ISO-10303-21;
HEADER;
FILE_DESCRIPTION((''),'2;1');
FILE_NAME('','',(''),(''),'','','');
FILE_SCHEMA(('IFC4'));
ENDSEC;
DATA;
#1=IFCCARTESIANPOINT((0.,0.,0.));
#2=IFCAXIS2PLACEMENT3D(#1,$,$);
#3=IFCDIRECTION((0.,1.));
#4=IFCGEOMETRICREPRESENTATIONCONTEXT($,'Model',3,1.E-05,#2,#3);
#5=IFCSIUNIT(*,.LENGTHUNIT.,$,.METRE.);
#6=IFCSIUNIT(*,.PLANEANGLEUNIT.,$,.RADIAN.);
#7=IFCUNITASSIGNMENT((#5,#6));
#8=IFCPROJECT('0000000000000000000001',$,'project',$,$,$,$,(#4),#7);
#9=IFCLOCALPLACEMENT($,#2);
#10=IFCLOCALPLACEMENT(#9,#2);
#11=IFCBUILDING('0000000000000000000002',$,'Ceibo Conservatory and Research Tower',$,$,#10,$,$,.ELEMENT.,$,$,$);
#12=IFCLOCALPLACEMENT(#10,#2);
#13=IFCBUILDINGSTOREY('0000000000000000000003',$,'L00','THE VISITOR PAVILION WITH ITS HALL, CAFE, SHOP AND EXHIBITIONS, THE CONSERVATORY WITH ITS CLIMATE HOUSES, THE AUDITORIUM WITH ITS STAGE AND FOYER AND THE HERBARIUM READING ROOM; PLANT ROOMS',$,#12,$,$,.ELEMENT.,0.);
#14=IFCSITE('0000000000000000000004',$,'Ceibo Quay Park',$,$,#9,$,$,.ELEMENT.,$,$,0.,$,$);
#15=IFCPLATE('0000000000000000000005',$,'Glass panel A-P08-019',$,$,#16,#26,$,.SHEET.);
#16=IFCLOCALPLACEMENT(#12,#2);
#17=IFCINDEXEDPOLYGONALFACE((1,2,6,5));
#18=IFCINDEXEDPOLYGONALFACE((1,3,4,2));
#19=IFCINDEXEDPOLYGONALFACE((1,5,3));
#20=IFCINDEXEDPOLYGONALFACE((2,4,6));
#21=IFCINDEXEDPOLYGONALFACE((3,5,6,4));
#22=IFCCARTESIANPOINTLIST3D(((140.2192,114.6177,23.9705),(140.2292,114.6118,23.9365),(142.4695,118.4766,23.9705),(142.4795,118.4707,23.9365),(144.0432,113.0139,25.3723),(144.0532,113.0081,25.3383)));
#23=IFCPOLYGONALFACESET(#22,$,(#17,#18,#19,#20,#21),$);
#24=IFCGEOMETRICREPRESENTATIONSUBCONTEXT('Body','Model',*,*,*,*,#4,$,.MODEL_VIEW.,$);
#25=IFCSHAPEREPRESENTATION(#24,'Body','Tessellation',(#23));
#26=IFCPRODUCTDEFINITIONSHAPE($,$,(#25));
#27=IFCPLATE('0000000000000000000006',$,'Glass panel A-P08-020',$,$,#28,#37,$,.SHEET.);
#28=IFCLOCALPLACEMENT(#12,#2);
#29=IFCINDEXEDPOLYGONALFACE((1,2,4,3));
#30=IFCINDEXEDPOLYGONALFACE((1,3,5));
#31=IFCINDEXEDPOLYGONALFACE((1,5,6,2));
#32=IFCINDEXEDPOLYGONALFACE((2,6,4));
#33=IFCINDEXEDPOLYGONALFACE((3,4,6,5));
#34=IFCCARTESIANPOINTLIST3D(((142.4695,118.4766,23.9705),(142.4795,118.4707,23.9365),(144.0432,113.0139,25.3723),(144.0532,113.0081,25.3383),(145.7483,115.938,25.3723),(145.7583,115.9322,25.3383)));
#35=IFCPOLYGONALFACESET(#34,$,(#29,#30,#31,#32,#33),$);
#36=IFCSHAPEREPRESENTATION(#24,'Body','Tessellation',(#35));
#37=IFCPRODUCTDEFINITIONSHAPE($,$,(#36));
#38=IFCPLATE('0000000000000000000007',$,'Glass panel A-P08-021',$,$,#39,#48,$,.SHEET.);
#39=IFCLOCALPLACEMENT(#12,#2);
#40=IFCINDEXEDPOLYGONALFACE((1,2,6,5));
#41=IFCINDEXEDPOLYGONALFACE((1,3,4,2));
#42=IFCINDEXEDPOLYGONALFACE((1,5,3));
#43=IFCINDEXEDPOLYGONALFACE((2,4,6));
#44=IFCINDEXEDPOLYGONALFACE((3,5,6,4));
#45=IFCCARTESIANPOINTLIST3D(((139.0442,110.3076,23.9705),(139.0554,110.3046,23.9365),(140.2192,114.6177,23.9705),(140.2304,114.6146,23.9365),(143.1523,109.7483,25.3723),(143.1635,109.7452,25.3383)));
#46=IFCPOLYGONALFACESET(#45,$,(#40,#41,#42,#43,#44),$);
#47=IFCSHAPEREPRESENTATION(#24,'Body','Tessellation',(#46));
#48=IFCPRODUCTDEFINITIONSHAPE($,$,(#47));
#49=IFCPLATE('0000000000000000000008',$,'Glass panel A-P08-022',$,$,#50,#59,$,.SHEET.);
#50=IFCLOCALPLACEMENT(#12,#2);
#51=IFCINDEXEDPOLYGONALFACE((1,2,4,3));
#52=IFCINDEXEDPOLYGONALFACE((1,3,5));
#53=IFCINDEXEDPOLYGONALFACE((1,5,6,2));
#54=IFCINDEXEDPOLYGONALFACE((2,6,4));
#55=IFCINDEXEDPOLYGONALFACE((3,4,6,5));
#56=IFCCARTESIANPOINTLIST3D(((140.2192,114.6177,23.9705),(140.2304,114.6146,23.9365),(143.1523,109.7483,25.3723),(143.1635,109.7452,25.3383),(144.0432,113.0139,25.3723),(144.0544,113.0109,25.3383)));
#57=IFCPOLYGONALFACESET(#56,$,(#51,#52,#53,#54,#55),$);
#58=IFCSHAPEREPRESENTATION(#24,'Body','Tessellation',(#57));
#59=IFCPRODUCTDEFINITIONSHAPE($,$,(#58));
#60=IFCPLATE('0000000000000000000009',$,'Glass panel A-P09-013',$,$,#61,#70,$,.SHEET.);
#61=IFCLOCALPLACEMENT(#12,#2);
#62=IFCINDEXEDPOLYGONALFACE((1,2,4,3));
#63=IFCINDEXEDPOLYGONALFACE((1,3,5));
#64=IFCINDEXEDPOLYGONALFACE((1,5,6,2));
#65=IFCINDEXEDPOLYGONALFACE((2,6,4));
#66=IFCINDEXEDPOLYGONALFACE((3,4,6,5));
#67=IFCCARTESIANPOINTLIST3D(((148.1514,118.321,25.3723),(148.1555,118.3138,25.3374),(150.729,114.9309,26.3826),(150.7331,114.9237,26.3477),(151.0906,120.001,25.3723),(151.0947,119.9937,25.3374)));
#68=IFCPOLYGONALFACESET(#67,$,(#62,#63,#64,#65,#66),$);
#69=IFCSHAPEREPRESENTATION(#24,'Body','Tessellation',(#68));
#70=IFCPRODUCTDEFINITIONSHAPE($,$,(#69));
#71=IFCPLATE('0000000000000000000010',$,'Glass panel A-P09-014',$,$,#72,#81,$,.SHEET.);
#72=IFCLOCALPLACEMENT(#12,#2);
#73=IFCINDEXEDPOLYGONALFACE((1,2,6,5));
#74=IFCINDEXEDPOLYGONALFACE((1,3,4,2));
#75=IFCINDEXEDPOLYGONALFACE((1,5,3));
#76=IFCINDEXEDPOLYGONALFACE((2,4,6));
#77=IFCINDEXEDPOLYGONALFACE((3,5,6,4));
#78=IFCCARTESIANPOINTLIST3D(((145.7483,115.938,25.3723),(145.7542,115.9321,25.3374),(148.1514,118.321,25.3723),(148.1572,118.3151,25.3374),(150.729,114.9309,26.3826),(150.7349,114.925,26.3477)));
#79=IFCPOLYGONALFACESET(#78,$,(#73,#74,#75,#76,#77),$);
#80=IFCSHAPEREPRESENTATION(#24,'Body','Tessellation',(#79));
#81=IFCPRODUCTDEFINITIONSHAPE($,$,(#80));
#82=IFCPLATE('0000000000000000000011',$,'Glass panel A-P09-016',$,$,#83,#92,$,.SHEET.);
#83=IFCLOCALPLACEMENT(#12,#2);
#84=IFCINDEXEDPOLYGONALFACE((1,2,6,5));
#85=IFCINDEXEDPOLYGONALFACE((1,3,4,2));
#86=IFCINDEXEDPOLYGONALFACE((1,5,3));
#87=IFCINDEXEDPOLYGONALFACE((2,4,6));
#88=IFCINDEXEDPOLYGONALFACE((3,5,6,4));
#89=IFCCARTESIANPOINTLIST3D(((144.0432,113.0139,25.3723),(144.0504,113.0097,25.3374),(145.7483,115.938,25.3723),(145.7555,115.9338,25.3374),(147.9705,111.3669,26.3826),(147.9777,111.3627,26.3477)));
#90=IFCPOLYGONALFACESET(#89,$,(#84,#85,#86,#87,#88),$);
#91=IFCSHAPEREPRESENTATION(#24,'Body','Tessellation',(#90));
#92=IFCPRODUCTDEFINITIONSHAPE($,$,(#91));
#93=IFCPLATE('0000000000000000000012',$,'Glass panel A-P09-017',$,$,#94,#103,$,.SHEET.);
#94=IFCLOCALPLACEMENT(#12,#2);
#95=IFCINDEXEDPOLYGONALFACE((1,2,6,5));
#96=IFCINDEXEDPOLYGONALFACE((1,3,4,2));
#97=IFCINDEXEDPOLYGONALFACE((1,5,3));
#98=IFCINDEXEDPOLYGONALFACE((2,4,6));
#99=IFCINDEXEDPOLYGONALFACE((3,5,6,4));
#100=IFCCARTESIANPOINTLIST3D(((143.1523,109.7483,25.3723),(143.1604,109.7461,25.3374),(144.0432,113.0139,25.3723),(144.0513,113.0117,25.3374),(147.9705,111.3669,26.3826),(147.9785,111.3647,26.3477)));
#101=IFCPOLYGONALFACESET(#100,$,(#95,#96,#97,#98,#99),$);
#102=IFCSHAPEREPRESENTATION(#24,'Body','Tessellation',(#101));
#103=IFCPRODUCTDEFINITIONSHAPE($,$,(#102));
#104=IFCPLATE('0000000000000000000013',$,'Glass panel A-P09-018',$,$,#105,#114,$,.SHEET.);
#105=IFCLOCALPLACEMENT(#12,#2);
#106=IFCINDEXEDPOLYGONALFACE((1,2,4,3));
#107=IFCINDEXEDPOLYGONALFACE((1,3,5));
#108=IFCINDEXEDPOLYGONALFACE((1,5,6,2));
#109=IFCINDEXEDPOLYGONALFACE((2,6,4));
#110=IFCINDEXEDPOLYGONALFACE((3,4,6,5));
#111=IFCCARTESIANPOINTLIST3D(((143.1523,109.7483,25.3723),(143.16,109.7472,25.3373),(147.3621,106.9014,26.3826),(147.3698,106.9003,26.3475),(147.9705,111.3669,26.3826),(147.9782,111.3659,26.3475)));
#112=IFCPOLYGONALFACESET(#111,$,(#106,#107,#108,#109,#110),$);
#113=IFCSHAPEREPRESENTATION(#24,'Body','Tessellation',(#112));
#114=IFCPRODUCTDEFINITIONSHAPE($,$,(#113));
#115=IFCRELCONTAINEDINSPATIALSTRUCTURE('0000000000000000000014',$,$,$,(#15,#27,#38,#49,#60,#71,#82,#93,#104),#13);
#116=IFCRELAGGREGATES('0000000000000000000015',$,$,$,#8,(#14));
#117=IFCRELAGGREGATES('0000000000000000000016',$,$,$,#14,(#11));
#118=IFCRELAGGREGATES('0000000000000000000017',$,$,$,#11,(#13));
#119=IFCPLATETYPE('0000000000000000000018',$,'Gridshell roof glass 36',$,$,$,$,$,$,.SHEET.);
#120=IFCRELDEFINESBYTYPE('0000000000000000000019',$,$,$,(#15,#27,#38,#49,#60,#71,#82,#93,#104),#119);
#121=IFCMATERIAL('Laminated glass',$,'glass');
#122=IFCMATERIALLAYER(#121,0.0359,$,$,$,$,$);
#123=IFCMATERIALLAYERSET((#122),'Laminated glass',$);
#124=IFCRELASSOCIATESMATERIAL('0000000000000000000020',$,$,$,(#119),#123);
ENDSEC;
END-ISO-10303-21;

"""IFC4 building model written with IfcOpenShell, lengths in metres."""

from ifc_helpers import new_model, si_unit, direction, frame, origin, place, context, subcontext, project, spatial, polyline, outline, extrude, material, layer, layer_set, type_object, element, save


model = new_model("IFC4")

# Units and contexts
model_context = context("Model", 3, precision=1e-05, world=origin(), true_north=direction((0.0, 1.0)))
body_context = subcontext(model_context, "Body", "Model", "MODEL_VIEW")
ifc_project = project(units=[si_unit("LENGTHUNIT", "METRE"), si_unit("PLANEANGLEUNIT", "RADIAN")], contexts=[model_context])

# Site, building, storey
site_placement = place(None, origin())
site = spatial("IfcSite", under=ifc_project, at=site_placement, Name="Ceibo Quay Park", CompositionType="ELEMENT", RefElevation=0.0)
building_placement = place(site_placement, origin())
building = spatial("IfcBuilding", under=site, at=building_placement, Name="Ceibo Conservatory and Research Tower", CompositionType="ELEMENT")
storey_placement = place(building_placement, origin())
storey = spatial("IfcBuildingStorey", under=building, at=storey_placement, Name="L00", Description="THE VISITOR PAVILION WITH ITS HALL, CAFE, SHOP AND EXHIBITIONS, THE CONSERVATORY WITH ITS CLIMATE HOUSES, THE AUDITORIUM WITH ITS STAGE AND FOYER AND THE HERBARIUM READING ROOM; PLANT ROOMS", CompositionType="ELEMENT", Elevation=0.0)

# Plates
ifc_material_1 = material(Name="Laminated glass", Category="glass")
ifc_layer = layer(ifc_material_1, 0.0359)
ifc_layer_set = layer_set([ifc_layer], Name="Laminated glass")
plate_type = type_object("IfcPlateType", Name="Gridshell roof glass 36", PredefinedType="SHEET", material=ifc_layer_set)
plate_1_placement = place(storey_placement, frame((142.4695, 118.4766, 23.9705), z_axis=(-0.278796, 0.162575, 0.946489), x_axis=(-0.503742, -0.863854, 0.0)))
element("IfcPlate", 1, at=plate_1_placement, inside=storey, type_object=plate_type, Name="Glass panel A-P08-019", PredefinedType="SHEET", context=body_context, shape_type="SweptSolid", body=[
    extrude(outline(polyline([(0.0, 0.0), (4.4671, 0.0), (3.9262, 4.3437), (0.0, 0.0)])), origin(), (0.0, 0.0, -1.0), 0.0359),
])
plate_2_placement = place(storey_placement, frame((142.4695, 118.4766, 23.9705), z_axis=(-0.278801, 0.162574, 0.946488), x_axis=(0.268779, -0.93297, 0.239424)))
element("IfcPlate", 2, at=plate_2_placement, inside=storey, type_object=plate_type, Name="Glass panel A-P08-020", PredefinedType="SHEET", context=body_context, shape_type="SweptSolid", body=[
    extrude(outline(polyline([(0.0, 0.0), (5.8551, 0.0), (3.5853, 2.5111), (0.0, 0.0)])), origin(), (0.0, 0.0, -1.0), 0.0359),
])
plate_3_placement = place(storey_placement, frame((140.2192, 114.6177, 23.9705), z_axis=(-0.311413, 0.0849, 0.946474), x_axis=(-0.26303, -0.964788, 0.0)))
element("IfcPlate", 3, at=plate_3_placement, inside=storey, type_object=plate_type, Name="Glass panel A-P08-021", PredefinedType="SHEET", context=body_context, shape_type="SweptSolid", body=[
    extrude(outline(polyline([(0.0, 0.0), (4.4674, 0.0), (3.9264, 4.3431), (0.0, 0.0)])), origin(), (0.0, 0.0, -1.0), 0.0359),
])
plate_4_placement = place(storey_placement, frame((140.2192, 114.6177, 23.9705), z_axis=(-0.311357, 0.084939, 0.94649), x_axis=(0.500971, -0.831685, 0.239435)))
element("IfcPlate", 4, at=plate_4_placement, inside=storey, type_object=plate_type, Name="Glass panel A-P08-022", PredefinedType="SHEET", context=body_context, shape_type="SweptSolid", body=[
    extrude(outline(polyline([(0.0, 0.0), (5.8548, 0.0), (3.5852, 2.5113), (0.0, 0.0)])), origin(), (0.0, 0.0, -1.0), 0.0359),
])
plate_5_placement = place(storey_placement, frame((150.729, 114.9309, 26.3826), z_axis=(-0.115468, 0.202023, 0.97255), x_axis=(0.06977, 0.97833, -0.194941)))
element("IfcPlate", 5, at=plate_5_placement, inside=storey, type_object=plate_type, Name="Glass panel A-P09-013", PredefinedType="SHEET", context=body_context, shape_type="SweptSolid", body=[
    extrude(outline(polyline([(0.0, 0.0), (5.1824, 0.0), (3.3338, 2.8362), (0.0, 0.0)])), origin(), (0.0, 0.0, -1.0), 0.0359),
])
plate_6_placement = place(storey_placement, frame((150.729, 114.9309, 26.3826), z_axis=(-0.163856, 0.165232, 0.972548), x_axis=(-0.588909, 0.77454, -0.230811)))
element("IfcPlate", 6, at=plate_6_placement, inside=storey, type_object=plate_type, Name="Glass panel A-P09-014", PredefinedType="SHEET", context=body_context, shape_type="SweptSolid", body=[
    extrude(outline(polyline([(0.0, 0.0), (4.377, 0.0), (3.9464, 3.3568), (0.0, 0.0)])), origin(), (0.0, 0.0, -1.0), 0.0359),
])
plate_7_placement = place(storey_placement, frame((147.9705, 111.3669, 26.3826), z_axis=(-0.201022, 0.11722, 0.972548), x_axis=(-0.428825, 0.882101, -0.194955)))
element("IfcPlate", 7, at=plate_7_placement, inside=storey, type_object=plate_type, Name="Glass panel A-P09-016", PredefinedType="SHEET", context=body_context, shape_type="SweptSolid", body=[
    extrude(outline(polyline([(0.0, 0.0), (5.182, 0.0), (3.3338, 2.8358), (0.0, 0.0)])), origin(), (0.0, 0.0, -1.0), 0.0359),
])
plate_8_placement = place(storey_placement, frame((147.9705, 111.3669, 26.3826), z_axis=(-0.224497, 0.061243, 0.972548), x_axis=(-0.897287, 0.376296, -0.23082)))
element("IfcPlate", 8, at=plate_8_placement, inside=storey, type_object=plate_type, Name="Glass panel A-P09-017", PredefinedType="SHEET", context=body_context, shape_type="SweptSolid", body=[
    extrude(outline(polyline([(0.0, 0.0), (4.3768, 0.0), (3.9473, 3.3576), (0.0, 0.0)])), origin(), (0.0, 0.0, -1.0), 0.0359),
])
plate_9_placement = place(storey_placement, frame((147.9705, 111.3669, 26.3826), z_axis=(-0.214524, 0.029227, 0.976281), x_axis=(-0.929749, -0.31235, -0.194948)))
element("IfcPlate", 9, at=plate_9_placement, inside=storey, type_object=plate_type, Name="Glass panel A-P09-018", PredefinedType="SHEET", context=body_context, shape_type="SweptSolid", body=[
    extrude(outline(polyline([(0.0, 0.0), (5.1822, 0.0), (1.9605, 4.0581), (0.0, 0.0)])), origin(), (0.0, 0.0, -1.0), 0.0359),
])

save(model, "model.ifc")
